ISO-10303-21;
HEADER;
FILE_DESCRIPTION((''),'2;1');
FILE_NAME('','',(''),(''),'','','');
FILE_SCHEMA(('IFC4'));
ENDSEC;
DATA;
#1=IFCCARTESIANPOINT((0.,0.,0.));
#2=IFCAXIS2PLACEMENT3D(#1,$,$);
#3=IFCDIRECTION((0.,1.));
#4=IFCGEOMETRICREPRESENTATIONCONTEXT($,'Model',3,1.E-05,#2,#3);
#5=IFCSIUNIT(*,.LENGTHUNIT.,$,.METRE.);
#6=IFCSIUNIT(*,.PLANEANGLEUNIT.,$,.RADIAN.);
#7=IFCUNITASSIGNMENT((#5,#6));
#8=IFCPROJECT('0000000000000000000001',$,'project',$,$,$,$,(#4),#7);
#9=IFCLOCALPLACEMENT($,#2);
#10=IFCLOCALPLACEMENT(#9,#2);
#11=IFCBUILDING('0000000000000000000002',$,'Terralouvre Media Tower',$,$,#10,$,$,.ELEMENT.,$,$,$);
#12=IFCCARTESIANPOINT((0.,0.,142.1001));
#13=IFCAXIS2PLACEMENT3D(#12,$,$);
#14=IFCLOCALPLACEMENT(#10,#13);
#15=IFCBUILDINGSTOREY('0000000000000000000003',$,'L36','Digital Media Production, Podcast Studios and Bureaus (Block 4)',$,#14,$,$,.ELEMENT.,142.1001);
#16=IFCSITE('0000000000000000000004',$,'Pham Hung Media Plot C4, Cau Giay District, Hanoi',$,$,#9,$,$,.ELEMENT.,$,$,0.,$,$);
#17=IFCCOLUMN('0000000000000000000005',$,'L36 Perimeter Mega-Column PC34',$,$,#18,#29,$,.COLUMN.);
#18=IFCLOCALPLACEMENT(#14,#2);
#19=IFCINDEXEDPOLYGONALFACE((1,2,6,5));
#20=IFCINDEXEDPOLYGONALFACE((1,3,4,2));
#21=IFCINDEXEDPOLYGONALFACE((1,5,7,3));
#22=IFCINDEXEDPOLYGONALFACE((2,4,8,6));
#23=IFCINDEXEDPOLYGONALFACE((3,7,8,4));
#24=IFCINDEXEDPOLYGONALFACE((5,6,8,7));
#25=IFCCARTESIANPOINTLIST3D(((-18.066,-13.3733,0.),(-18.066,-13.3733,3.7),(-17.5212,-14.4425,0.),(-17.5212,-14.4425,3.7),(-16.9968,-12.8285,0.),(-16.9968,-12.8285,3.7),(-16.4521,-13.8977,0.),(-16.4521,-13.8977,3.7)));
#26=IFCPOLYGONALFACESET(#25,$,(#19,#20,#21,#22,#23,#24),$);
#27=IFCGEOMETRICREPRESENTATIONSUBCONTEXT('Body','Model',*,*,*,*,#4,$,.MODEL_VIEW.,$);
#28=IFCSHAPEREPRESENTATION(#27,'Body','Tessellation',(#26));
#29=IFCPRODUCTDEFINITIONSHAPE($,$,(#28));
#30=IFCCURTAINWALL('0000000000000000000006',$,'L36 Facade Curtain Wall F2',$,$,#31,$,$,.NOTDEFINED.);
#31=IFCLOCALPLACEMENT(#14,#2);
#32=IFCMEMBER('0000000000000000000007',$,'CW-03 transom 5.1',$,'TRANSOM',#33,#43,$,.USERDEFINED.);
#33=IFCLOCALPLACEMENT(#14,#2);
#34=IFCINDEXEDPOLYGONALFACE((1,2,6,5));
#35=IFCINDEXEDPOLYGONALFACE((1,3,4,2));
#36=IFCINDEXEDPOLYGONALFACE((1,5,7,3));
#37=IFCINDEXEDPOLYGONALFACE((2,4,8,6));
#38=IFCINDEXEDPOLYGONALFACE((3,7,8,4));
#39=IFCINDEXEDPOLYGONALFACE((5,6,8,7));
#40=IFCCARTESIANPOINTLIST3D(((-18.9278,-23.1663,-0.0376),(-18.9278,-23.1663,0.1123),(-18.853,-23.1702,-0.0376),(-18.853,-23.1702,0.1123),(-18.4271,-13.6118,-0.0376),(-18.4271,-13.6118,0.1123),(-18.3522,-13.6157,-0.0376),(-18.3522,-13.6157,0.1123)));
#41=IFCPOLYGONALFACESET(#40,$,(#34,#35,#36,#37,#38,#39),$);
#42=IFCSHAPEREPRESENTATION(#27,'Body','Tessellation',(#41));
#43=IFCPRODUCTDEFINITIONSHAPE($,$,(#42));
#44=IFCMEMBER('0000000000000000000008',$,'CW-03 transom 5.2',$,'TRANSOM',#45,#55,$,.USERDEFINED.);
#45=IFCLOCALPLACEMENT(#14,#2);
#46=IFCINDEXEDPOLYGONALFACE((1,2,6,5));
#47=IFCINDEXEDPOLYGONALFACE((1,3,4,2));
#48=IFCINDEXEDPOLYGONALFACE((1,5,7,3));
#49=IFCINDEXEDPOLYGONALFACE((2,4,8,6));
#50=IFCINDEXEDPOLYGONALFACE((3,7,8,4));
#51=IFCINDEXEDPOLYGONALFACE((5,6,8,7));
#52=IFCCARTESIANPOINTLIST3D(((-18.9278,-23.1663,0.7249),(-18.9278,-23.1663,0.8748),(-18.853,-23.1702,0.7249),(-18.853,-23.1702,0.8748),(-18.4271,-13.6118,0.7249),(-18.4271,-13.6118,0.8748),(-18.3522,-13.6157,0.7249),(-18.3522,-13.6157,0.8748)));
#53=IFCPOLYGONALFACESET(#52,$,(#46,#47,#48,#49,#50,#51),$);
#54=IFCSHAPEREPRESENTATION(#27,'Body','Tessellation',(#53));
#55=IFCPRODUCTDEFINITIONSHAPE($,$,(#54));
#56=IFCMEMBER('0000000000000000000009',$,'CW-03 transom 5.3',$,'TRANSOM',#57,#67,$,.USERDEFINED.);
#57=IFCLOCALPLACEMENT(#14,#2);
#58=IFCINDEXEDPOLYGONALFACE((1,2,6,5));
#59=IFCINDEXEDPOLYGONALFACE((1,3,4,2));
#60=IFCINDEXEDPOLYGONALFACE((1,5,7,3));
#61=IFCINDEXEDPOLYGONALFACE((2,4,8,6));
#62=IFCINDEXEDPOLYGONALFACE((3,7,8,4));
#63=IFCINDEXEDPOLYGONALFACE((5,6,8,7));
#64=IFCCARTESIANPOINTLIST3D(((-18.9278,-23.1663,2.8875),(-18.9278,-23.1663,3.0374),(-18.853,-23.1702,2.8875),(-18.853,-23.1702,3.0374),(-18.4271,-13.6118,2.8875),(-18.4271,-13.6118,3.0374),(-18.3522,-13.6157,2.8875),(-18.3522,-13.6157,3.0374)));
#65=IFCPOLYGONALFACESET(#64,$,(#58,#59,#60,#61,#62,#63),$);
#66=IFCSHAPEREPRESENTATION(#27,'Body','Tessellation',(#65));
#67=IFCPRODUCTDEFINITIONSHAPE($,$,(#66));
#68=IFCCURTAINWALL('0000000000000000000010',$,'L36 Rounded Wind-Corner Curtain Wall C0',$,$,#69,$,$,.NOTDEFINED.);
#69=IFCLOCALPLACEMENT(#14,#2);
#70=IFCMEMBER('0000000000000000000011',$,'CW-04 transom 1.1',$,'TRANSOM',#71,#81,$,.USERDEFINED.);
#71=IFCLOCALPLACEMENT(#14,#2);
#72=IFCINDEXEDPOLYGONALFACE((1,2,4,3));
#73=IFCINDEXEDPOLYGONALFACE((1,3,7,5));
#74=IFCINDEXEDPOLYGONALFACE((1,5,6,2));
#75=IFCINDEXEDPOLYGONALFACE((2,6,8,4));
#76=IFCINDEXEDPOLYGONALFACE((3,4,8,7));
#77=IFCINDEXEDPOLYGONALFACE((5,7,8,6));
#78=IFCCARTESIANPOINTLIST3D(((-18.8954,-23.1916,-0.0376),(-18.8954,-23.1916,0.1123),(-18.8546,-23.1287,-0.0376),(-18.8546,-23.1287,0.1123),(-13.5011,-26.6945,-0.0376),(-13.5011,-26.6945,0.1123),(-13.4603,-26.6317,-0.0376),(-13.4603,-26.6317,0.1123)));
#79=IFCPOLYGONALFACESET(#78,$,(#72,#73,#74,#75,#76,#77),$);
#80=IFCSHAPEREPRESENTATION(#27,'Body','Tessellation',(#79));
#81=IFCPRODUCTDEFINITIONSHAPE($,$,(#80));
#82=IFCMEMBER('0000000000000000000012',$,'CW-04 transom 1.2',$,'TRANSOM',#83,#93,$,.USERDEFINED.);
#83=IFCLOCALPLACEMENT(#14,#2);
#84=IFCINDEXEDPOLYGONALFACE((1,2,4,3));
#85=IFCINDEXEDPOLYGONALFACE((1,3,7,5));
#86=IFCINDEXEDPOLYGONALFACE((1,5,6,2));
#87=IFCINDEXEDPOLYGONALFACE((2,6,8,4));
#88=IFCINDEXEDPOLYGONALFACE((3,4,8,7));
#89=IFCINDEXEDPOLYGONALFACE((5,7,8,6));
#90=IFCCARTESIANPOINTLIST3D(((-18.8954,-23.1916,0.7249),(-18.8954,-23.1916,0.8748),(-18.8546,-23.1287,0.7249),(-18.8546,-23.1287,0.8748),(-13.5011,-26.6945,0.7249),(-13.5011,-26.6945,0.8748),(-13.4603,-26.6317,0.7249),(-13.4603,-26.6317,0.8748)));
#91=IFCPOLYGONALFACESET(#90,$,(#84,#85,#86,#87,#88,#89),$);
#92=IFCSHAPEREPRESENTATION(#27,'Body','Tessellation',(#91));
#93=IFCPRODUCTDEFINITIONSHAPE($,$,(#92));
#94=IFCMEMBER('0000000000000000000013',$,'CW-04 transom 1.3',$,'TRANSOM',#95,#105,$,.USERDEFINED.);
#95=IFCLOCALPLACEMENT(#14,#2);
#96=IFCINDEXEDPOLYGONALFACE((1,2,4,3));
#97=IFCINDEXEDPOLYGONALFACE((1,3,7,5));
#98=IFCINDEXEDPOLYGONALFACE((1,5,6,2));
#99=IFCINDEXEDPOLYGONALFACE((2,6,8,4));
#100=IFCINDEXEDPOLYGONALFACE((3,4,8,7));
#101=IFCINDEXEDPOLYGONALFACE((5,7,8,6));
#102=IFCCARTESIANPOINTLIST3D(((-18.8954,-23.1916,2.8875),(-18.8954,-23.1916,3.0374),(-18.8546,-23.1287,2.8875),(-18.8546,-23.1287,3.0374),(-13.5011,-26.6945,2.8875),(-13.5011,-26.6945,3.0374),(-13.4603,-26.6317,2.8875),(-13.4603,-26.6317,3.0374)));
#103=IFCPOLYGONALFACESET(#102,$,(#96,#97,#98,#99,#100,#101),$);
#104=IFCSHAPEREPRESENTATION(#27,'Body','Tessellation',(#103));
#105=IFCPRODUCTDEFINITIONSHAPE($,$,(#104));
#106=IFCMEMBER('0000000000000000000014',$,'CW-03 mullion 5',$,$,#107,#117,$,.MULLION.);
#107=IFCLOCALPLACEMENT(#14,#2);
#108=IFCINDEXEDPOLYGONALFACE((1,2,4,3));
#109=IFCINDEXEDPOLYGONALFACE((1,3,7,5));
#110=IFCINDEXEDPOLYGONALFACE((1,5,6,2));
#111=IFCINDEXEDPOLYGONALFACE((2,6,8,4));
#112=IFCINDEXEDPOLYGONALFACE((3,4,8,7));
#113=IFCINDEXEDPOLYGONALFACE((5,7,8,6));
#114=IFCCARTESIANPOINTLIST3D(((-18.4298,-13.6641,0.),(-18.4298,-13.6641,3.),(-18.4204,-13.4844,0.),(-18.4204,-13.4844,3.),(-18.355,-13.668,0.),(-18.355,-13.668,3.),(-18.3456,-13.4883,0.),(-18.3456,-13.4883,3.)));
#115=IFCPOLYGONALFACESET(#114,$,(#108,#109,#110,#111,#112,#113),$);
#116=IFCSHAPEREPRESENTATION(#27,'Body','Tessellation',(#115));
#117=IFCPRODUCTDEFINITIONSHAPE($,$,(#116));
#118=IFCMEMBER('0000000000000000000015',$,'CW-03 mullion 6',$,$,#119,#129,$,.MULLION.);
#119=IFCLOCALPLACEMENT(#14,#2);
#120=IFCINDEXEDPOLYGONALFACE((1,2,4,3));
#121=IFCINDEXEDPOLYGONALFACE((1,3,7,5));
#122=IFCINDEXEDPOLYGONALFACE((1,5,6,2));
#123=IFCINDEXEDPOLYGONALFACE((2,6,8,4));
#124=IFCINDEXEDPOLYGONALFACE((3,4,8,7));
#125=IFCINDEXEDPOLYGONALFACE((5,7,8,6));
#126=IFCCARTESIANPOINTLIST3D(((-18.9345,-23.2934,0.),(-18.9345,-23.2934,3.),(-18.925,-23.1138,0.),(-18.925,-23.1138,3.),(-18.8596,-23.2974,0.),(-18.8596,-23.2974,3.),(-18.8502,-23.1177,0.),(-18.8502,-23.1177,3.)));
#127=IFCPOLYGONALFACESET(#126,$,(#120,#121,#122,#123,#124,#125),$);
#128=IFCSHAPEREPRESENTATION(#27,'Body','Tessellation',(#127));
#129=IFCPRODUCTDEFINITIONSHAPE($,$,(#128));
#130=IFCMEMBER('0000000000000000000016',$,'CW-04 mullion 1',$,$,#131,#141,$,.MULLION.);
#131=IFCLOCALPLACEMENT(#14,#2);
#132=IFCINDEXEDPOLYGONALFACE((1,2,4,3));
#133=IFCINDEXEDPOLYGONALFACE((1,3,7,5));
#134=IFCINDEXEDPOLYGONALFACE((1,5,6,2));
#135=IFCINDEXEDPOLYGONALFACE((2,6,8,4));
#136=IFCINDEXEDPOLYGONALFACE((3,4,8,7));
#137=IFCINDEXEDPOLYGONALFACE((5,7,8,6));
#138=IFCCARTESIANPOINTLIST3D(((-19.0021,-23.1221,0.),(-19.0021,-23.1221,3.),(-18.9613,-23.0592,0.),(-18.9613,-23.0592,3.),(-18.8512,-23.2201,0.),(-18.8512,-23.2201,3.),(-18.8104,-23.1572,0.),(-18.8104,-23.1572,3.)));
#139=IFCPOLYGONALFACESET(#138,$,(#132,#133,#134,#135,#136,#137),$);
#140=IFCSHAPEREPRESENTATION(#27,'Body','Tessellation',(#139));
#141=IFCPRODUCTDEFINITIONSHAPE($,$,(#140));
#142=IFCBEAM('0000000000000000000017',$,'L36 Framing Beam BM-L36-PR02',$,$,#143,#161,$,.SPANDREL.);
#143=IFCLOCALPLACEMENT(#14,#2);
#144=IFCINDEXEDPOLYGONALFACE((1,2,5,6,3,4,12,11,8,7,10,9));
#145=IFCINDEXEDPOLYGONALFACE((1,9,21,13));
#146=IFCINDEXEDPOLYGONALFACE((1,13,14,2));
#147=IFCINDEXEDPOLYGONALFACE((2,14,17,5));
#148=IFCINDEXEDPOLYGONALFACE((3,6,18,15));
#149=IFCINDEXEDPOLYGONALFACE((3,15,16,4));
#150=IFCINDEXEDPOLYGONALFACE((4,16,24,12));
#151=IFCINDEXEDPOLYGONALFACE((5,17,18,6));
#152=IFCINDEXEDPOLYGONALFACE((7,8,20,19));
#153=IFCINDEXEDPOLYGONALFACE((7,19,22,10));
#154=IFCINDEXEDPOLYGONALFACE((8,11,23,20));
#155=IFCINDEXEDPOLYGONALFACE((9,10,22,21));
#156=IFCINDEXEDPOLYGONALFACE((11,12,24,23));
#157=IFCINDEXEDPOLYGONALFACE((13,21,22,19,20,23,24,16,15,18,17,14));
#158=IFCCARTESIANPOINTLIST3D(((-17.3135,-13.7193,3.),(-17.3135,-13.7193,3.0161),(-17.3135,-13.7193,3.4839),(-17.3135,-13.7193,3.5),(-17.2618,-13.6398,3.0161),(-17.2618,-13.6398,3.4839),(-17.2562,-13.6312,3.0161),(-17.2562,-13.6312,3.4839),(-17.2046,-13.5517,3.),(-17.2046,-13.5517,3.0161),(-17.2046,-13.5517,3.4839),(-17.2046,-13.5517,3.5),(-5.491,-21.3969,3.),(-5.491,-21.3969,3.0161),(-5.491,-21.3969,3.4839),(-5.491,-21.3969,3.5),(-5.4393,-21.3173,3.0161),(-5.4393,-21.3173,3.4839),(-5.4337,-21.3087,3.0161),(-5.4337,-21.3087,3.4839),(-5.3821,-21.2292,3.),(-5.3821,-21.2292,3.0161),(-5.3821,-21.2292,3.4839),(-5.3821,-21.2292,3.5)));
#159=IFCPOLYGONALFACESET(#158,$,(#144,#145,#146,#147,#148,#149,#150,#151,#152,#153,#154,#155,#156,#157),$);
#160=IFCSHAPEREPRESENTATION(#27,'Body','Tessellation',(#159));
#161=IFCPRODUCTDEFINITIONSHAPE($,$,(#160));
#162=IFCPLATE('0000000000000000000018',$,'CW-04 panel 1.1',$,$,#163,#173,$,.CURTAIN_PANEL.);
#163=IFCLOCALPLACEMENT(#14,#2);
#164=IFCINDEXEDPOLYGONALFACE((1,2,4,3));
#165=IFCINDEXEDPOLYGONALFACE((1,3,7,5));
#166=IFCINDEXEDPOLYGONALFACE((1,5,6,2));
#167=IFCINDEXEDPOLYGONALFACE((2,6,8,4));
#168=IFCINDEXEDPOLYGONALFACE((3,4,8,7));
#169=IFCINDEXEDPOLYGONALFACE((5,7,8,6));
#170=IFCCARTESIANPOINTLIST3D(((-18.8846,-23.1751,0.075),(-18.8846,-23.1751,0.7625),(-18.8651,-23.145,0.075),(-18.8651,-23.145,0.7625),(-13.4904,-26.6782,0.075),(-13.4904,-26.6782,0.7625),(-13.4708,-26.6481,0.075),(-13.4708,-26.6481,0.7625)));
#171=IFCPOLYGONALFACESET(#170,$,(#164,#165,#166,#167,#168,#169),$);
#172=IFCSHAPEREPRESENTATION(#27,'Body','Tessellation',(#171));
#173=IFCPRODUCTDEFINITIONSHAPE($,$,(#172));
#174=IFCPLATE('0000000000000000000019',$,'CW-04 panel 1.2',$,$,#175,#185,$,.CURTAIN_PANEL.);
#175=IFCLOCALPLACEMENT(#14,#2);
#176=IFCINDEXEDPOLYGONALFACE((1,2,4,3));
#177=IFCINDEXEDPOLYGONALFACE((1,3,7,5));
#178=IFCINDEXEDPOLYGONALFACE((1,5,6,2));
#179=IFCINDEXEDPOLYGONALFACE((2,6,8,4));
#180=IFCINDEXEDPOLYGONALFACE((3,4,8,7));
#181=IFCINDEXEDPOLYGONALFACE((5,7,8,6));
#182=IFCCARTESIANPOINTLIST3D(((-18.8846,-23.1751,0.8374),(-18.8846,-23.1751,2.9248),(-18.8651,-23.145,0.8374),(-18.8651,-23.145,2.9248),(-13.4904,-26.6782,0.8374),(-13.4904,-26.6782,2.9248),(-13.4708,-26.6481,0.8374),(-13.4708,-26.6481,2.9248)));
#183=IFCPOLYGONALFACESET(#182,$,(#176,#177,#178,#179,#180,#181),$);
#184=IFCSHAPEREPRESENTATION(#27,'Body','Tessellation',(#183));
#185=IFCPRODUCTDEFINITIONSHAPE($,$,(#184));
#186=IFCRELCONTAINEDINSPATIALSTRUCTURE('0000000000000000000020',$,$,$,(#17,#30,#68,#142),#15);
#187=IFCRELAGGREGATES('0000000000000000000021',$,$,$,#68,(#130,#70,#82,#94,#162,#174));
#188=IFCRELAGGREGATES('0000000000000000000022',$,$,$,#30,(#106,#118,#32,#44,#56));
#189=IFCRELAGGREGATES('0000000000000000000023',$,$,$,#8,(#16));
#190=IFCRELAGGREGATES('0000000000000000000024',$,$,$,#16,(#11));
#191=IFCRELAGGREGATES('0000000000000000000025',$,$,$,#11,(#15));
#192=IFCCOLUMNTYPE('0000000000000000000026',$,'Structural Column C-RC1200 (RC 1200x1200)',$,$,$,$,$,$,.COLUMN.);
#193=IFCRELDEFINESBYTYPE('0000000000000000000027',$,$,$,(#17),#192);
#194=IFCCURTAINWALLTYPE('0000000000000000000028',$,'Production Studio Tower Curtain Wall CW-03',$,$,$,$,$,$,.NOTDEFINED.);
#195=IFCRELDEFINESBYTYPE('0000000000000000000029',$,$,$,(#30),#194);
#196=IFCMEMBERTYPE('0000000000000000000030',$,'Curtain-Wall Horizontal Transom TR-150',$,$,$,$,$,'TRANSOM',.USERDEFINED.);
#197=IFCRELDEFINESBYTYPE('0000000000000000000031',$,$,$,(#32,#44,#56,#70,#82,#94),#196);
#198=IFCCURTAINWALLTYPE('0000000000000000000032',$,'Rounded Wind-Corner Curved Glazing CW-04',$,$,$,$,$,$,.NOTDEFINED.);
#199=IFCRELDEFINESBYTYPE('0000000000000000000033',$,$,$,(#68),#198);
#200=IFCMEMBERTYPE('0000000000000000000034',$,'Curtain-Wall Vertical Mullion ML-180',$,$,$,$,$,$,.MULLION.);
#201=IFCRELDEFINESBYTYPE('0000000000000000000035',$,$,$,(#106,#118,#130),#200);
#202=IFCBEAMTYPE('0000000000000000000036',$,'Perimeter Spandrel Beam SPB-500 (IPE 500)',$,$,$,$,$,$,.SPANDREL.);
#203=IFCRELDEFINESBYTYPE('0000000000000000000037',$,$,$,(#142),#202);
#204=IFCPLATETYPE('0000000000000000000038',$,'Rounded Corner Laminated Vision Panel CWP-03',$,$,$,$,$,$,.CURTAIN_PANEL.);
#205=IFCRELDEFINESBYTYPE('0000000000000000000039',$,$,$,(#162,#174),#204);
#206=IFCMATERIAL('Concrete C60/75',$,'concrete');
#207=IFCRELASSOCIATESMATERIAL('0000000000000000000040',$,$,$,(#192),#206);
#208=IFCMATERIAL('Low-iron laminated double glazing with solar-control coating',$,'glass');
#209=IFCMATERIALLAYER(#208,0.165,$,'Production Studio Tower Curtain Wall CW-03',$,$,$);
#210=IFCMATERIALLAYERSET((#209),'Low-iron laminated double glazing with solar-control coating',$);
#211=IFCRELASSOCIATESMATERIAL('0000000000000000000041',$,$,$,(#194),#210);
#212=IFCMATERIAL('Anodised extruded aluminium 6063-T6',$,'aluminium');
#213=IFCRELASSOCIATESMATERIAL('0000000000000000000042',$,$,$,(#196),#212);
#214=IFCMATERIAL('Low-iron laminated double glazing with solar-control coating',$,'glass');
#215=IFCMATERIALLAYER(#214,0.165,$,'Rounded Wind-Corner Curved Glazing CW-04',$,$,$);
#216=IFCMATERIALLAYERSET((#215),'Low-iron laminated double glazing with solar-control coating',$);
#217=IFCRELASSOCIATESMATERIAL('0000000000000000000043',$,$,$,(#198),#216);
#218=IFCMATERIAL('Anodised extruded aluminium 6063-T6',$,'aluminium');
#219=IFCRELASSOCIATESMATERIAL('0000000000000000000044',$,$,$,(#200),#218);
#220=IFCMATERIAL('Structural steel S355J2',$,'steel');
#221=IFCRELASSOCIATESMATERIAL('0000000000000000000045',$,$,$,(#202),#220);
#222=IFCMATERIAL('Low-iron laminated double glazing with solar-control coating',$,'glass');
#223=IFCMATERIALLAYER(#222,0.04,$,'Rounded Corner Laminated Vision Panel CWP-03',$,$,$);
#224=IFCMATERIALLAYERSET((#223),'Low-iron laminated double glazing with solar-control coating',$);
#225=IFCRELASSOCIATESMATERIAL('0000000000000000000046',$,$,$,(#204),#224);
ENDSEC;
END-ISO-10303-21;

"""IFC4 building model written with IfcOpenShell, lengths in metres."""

from ifc_helpers import new_model, si_unit, direction, frame, origin, origin_2d, place, context, subcontext, project, spatial, rectangle, i_section, extrude, material, layer, layer_set, material_profile, profile_set, type_object, element, aggregate, save


model = new_model("IFC4")

# Units and contexts
model_context = context("Model", 3, precision=1e-05, world=origin(), true_north=direction((0.0, 1.0)))
body_context = subcontext(model_context, "Body", "Model", "MODEL_VIEW")
ifc_project = project(units=[si_unit("LENGTHUNIT", "METRE"), si_unit("PLANEANGLEUNIT", "RADIAN")], contexts=[model_context])

# Site, building, storey
site_placement = place(None, origin())
site = spatial("IfcSite", under=ifc_project, at=site_placement, Name="Pham Hung Media Plot C4, Cau Giay District, Hanoi", CompositionType="ELEMENT", RefElevation=0.0)
building_placement = place(site_placement, origin())
building = spatial("IfcBuilding", under=site, at=building_placement, Name="Terralouvre Media Tower", CompositionType="ELEMENT")
storey_placement = place(building_placement, frame((0.0, 0.0, 142.1001)))
storey = spatial("IfcBuildingStorey", under=building, at=storey_placement, Name="L36", Description="Digital Media Production, Podcast Studios and Bureaus (Block 4)", CompositionType="ELEMENT", Elevation=142.1001)

# Column
ifc_material_1 = material(Name="Concrete C60/75", Category="concrete")
ifc_material_profile_1 = material_profile(ifc_material_1, rectangle(XDim=1.2, YDim=1.2, at=origin_2d()), Name="RC 1200x1200")
ifc_profile_set_1 = profile_set([ifc_material_profile_1], Name="Concrete C60/75")
column_type = type_object("IfcColumnType", Name="Structural Column C-RC1200 (RC 1200x1200)", PredefinedType="COLUMN", material=ifc_profile_set_1)
column_placement = place(storey_placement, frame((-17.259, -13.6355, 0.0), z_axis=(0.0, 0.0, 1.0), x_axis=(0.891007, 0.45399, 0.0)))
element("IfcColumn", 1, at=column_placement, inside=storey, type_object=column_type, Name="L36 Perimeter Mega-Column PC34", PredefinedType="COLUMN", context=body_context, shape_type="SweptSolid", body=[
    extrude(rectangle(XDim=1.2, YDim=1.2, at=origin_2d()), origin(), (0.0, 0.0, 1.0), 3.7),
])

# Curtain walls, members
ifc_material_2 = material(Name="Low-iron laminated double glazing with solar-control coating", Category="glass")
ifc_layer_1 = layer(ifc_material_2, 0.165, Name="Production Studio Tower Curtain Wall CW-03")
ifc_layer_set_1 = layer_set([ifc_layer_1], Name="Low-iron laminated double glazing with solar-control coating")
curtain_wall_type_1 = type_object("IfcCurtainWallType", Name="Production Studio Tower Curtain Wall CW-03", PredefinedType="NOTDEFINED", material=ifc_layer_set_1)
curtain_wall_1_placement = place(storey_placement, origin())
curtain_wall_1 = element("IfcCurtainWall", 2, at=curtain_wall_1_placement, inside=storey, type_object=curtain_wall_type_1, Name="L36 Facade Curtain Wall F2", PredefinedType="NOTDEFINED")
ifc_material_3 = material(Name="Anodised extruded aluminium 6063-T6", Category="aluminium")
ifc_material_profile_2 = material_profile(ifc_material_3, rectangle(XDim=0.075, YDim=0.1499, at=origin_2d()), Name="ALU 75x150")
ifc_profile_set_2 = profile_set([ifc_material_profile_2], Name="Anodised extruded aluminium 6063-T6")
member_type_1 = type_object("IfcMemberType", Name="Curtain-Wall Horizontal Transom TR-150", ElementType="TRANSOM", PredefinedType="USERDEFINED", material=ifc_profile_set_2)
member_1_placement = place(storey_placement, frame((-18.3896, -13.6138, 0.0374), z_axis=(-0.052337, -0.99863, 0.0), x_axis=(0.99863, -0.052337, 0.0)))
member_1 = element("IfcMember", 3, at=member_1_placement, type_object=member_type_1, Name="CW-03 transom 5.1", ObjectType="TRANSOM", PredefinedType="USERDEFINED", context=body_context, shape_type="SweptSolid", body=[
    extrude(rectangle(XDim=0.075, YDim=0.1499, at=origin_2d()), origin(), (0.0, 0.0, 1.0), 9.5676),
])
member_2_placement = place(storey_placement, frame((-18.3896, -13.6138, 0.7998), z_axis=(-0.052337, -0.99863, 0.0), x_axis=(0.99863, -0.052337, 0.0)))
member_2 = element("IfcMember", 4, at=member_2_placement, type_object=member_type_1, Name="CW-03 transom 5.2", ObjectType="TRANSOM", PredefinedType="USERDEFINED", context=body_context, shape_type="SweptSolid", body=[
    extrude(rectangle(XDim=0.075, YDim=0.1499, at=origin_2d()), origin(), (0.0, 0.0, 1.0), 9.5676),
])
member_3_placement = place(storey_placement, frame((-18.3896, -13.6138, 2.9624), z_axis=(-0.052337, -0.99863, 0.0), x_axis=(0.99863, -0.052337, 0.0)))
member_3 = element("IfcMember", 5, at=member_3_placement, type_object=member_type_1, Name="CW-03 transom 5.3", ObjectType="TRANSOM", PredefinedType="USERDEFINED", context=body_context, shape_type="SweptSolid", body=[
    extrude(rectangle(XDim=0.075, YDim=0.1499, at=origin_2d()), origin(), (0.0, 0.0, 1.0), 9.5676),
])
ifc_material_4 = material(Name="Low-iron laminated double glazing with solar-control coating", Category="glass")
ifc_layer_2 = layer(ifc_material_4, 0.165, Name="Rounded Wind-Corner Curved Glazing CW-04")
ifc_layer_set_2 = layer_set([ifc_layer_2], Name="Low-iron laminated double glazing with solar-control coating")
curtain_wall_type_2 = type_object("IfcCurtainWallType", Name="Rounded Wind-Corner Curved Glazing CW-04", PredefinedType="NOTDEFINED", material=ifc_layer_set_2)
curtain_wall_2_placement = place(storey_placement, origin())
curtain_wall_2 = element("IfcCurtainWall", 6, at=curtain_wall_2_placement, inside=storey, type_object=curtain_wall_type_2, Name="L36 Rounded Wind-Corner Curtain Wall C0", PredefinedType="NOTDEFINED")
member_4_placement = place(storey_placement, frame((-18.875, -23.1602, 0.0374), z_axis=(0.838682, -0.544621, 0.0), x_axis=(0.544621, 0.838682, 0.0)))
member_4 = element("IfcMember", 7, at=member_4_placement, type_object=member_type_1, Name="CW-04 transom 1.1", ObjectType="TRANSOM", PredefinedType="USERDEFINED", context=body_context, shape_type="SweptSolid", body=[
    extrude(rectangle(XDim=0.075, YDim=0.1499, at=origin_2d()), origin(), (0.0, 0.0, 1.0), 6.4319),
])
member_5_placement = place(storey_placement, frame((-18.875, -23.1602, 0.7998), z_axis=(0.838682, -0.544621, 0.0), x_axis=(0.544621, 0.838682, 0.0)))
member_5 = element("IfcMember", 8, at=member_5_placement, type_object=member_type_1, Name="CW-04 transom 1.2", ObjectType="TRANSOM", PredefinedType="USERDEFINED", context=body_context, shape_type="SweptSolid", body=[
    extrude(rectangle(XDim=0.075, YDim=0.1499, at=origin_2d()), origin(), (0.0, 0.0, 1.0), 6.4319),
])
member_6_placement = place(storey_placement, frame((-18.875, -23.1602, 2.9624), z_axis=(0.838682, -0.544621, 0.0), x_axis=(0.544621, 0.838682, 0.0)))
member_6 = element("IfcMember", 9, at=member_6_placement, type_object=member_type_1, Name="CW-04 transom 1.3", ObjectType="TRANSOM", PredefinedType="USERDEFINED", context=body_context, shape_type="SweptSolid", body=[
    extrude(rectangle(XDim=0.075, YDim=0.1499, at=origin_2d()), origin(), (0.0, 0.0, 1.0), 6.4319),
])

# Members
ifc_material_5 = material(Name="Anodised extruded aluminium 6063-T6", Category="aluminium")
ifc_material_profile_3 = material_profile(ifc_material_5, rectangle(XDim=0.075, YDim=0.1799, at=origin_2d()), Name="ALU 75x180")
ifc_profile_set_3 = profile_set([ifc_material_profile_3], Name="Anodised extruded aluminium 6063-T6")
member_type_2 = type_object("IfcMemberType", Name="Curtain-Wall Vertical Mullion ML-180", PredefinedType="MULLION", material=ifc_profile_set_3)
member_7_placement = place(storey_placement, frame((-18.3877, -13.5762, 0.0), z_axis=(0.0, 0.0, 1.0), x_axis=(0.99863, -0.052336, 0.0)))
member_7 = element("IfcMember", 10, at=member_7_placement, type_object=member_type_2, Name="CW-03 mullion 5", PredefinedType="MULLION", context=body_context, shape_type="SweptSolid", body=[
    extrude(rectangle(XDim=0.075, YDim=0.1799, at=origin_2d()), origin(), (0.0, 0.0, 1.0), 3.0),
])
member_8_placement = place(storey_placement, frame((-18.8923, -23.2056, 0.0), z_axis=(0.0, 0.0, 1.0), x_axis=(0.99863, -0.052336, 0.0)))
member_8 = element("IfcMember", 11, at=member_8_placement, type_object=member_type_2, Name="CW-03 mullion 6", PredefinedType="MULLION", context=body_context, shape_type="SweptSolid", body=[
    extrude(rectangle(XDim=0.075, YDim=0.1799, at=origin_2d()), origin(), (0.0, 0.0, 1.0), 3.0),
])
member_9_placement = place(storey_placement, frame((-18.9062, -23.1396, 0.0), z_axis=(0.0, 0.0, 1.0), x_axis=(0.544639, 0.83867, 0.0)))
member_9 = element("IfcMember", 12, at=member_9_placement, type_object=member_type_2, Name="CW-04 mullion 1", PredefinedType="MULLION", context=body_context, shape_type="SweptSolid", body=[
    extrude(rectangle(XDim=0.075, YDim=0.1799, at=origin_2d()), origin(), (0.0, 0.0, 1.0), 3.0),
])

# Beam
ifc_material_6 = material(Name="Structural steel S355J2", Category="steel")
ifc_material_profile_4 = material_profile(ifc_material_6, i_section(OverallWidth=0.2, OverallDepth=0.5, WebThickness=0.0103, FlangeThickness=0.0161, at=origin_2d()), Name="IPE 500")
ifc_profile_set_4 = profile_set([ifc_material_profile_4], Name="Structural steel S355J2")
beam_type = type_object("IfcBeamType", Name="Perimeter Spandrel Beam SPB-500 (IPE 500)", PredefinedType="SPANDREL", material=ifc_profile_set_4)
beam_placement = place(storey_placement, frame((-17.259, -13.6355, 3.25), z_axis=(0.838675, -0.544632, 0.0), x_axis=(0.544632, 0.838675, 0.0)))
element("IfcBeam", 13, at=beam_placement, inside=storey, type_object=beam_type, Name="L36 Framing Beam BM-L36-PR02", PredefinedType="SPANDREL", context=body_context, shape_type="SweptSolid", body=[
    extrude(i_section(OverallWidth=0.2, OverallDepth=0.5, WebThickness=0.0103, FlangeThickness=0.0161, at=origin_2d()), origin(), (0.0, 0.0, 1.0), 14.0967),
])

# Plates
ifc_material_7 = material(Name="Low-iron laminated double glazing with solar-control coating", Category="glass")
ifc_layer_3 = layer(ifc_material_7, 0.04, Name="Rounded Corner Laminated Vision Panel CWP-03")
ifc_layer_set_3 = layer_set([ifc_layer_3], Name="Low-iron laminated double glazing with solar-control coating")
plate_type_1 = type_object("IfcPlateType", Name="Rounded Corner Laminated Vision Panel CWP-03", PredefinedType="CURTAIN_PANEL", material=ifc_layer_set_3)
plate_1_placement = place(storey_placement, frame((-16.1777, -24.9116, 0.075), z_axis=(0.0, 0.0, 1.0), x_axis=(0.83867, -0.544639, 0.0)))
plate_1 = element("IfcPlate", 14, at=plate_1_placement, type_object=plate_type_1, Name="CW-04 panel 1.1", PredefinedType="CURTAIN_PANEL", context=body_context, shape_type="SweptSolid", body=[
    extrude(rectangle(XDim=6.4319, YDim=0.0359, at=origin_2d()), origin(), (0.0, 0.0, 1.0), 0.6875),
])
plate_2_placement = place(storey_placement, frame((-16.1777, -24.9116, 0.8374), z_axis=(0.0, 0.0, 1.0), x_axis=(0.83867, -0.544639, 0.0)))
plate_2 = element("IfcPlate", 15, at=plate_2_placement, type_object=plate_type_1, Name="CW-04 panel 1.2", PredefinedType="CURTAIN_PANEL", context=body_context, shape_type="SweptSolid", body=[
    extrude(rectangle(XDim=6.4319, YDim=0.0359, at=origin_2d()), origin(), (0.0, 0.0, 1.0), 2.0874),
])
aggregate(curtain_wall_2, [member_9, member_4, member_5, member_6, plate_1, plate_2])
aggregate(curtain_wall_1, [member_7, member_8, member_1, member_2, member_3])

save(model, "model.ifc")
